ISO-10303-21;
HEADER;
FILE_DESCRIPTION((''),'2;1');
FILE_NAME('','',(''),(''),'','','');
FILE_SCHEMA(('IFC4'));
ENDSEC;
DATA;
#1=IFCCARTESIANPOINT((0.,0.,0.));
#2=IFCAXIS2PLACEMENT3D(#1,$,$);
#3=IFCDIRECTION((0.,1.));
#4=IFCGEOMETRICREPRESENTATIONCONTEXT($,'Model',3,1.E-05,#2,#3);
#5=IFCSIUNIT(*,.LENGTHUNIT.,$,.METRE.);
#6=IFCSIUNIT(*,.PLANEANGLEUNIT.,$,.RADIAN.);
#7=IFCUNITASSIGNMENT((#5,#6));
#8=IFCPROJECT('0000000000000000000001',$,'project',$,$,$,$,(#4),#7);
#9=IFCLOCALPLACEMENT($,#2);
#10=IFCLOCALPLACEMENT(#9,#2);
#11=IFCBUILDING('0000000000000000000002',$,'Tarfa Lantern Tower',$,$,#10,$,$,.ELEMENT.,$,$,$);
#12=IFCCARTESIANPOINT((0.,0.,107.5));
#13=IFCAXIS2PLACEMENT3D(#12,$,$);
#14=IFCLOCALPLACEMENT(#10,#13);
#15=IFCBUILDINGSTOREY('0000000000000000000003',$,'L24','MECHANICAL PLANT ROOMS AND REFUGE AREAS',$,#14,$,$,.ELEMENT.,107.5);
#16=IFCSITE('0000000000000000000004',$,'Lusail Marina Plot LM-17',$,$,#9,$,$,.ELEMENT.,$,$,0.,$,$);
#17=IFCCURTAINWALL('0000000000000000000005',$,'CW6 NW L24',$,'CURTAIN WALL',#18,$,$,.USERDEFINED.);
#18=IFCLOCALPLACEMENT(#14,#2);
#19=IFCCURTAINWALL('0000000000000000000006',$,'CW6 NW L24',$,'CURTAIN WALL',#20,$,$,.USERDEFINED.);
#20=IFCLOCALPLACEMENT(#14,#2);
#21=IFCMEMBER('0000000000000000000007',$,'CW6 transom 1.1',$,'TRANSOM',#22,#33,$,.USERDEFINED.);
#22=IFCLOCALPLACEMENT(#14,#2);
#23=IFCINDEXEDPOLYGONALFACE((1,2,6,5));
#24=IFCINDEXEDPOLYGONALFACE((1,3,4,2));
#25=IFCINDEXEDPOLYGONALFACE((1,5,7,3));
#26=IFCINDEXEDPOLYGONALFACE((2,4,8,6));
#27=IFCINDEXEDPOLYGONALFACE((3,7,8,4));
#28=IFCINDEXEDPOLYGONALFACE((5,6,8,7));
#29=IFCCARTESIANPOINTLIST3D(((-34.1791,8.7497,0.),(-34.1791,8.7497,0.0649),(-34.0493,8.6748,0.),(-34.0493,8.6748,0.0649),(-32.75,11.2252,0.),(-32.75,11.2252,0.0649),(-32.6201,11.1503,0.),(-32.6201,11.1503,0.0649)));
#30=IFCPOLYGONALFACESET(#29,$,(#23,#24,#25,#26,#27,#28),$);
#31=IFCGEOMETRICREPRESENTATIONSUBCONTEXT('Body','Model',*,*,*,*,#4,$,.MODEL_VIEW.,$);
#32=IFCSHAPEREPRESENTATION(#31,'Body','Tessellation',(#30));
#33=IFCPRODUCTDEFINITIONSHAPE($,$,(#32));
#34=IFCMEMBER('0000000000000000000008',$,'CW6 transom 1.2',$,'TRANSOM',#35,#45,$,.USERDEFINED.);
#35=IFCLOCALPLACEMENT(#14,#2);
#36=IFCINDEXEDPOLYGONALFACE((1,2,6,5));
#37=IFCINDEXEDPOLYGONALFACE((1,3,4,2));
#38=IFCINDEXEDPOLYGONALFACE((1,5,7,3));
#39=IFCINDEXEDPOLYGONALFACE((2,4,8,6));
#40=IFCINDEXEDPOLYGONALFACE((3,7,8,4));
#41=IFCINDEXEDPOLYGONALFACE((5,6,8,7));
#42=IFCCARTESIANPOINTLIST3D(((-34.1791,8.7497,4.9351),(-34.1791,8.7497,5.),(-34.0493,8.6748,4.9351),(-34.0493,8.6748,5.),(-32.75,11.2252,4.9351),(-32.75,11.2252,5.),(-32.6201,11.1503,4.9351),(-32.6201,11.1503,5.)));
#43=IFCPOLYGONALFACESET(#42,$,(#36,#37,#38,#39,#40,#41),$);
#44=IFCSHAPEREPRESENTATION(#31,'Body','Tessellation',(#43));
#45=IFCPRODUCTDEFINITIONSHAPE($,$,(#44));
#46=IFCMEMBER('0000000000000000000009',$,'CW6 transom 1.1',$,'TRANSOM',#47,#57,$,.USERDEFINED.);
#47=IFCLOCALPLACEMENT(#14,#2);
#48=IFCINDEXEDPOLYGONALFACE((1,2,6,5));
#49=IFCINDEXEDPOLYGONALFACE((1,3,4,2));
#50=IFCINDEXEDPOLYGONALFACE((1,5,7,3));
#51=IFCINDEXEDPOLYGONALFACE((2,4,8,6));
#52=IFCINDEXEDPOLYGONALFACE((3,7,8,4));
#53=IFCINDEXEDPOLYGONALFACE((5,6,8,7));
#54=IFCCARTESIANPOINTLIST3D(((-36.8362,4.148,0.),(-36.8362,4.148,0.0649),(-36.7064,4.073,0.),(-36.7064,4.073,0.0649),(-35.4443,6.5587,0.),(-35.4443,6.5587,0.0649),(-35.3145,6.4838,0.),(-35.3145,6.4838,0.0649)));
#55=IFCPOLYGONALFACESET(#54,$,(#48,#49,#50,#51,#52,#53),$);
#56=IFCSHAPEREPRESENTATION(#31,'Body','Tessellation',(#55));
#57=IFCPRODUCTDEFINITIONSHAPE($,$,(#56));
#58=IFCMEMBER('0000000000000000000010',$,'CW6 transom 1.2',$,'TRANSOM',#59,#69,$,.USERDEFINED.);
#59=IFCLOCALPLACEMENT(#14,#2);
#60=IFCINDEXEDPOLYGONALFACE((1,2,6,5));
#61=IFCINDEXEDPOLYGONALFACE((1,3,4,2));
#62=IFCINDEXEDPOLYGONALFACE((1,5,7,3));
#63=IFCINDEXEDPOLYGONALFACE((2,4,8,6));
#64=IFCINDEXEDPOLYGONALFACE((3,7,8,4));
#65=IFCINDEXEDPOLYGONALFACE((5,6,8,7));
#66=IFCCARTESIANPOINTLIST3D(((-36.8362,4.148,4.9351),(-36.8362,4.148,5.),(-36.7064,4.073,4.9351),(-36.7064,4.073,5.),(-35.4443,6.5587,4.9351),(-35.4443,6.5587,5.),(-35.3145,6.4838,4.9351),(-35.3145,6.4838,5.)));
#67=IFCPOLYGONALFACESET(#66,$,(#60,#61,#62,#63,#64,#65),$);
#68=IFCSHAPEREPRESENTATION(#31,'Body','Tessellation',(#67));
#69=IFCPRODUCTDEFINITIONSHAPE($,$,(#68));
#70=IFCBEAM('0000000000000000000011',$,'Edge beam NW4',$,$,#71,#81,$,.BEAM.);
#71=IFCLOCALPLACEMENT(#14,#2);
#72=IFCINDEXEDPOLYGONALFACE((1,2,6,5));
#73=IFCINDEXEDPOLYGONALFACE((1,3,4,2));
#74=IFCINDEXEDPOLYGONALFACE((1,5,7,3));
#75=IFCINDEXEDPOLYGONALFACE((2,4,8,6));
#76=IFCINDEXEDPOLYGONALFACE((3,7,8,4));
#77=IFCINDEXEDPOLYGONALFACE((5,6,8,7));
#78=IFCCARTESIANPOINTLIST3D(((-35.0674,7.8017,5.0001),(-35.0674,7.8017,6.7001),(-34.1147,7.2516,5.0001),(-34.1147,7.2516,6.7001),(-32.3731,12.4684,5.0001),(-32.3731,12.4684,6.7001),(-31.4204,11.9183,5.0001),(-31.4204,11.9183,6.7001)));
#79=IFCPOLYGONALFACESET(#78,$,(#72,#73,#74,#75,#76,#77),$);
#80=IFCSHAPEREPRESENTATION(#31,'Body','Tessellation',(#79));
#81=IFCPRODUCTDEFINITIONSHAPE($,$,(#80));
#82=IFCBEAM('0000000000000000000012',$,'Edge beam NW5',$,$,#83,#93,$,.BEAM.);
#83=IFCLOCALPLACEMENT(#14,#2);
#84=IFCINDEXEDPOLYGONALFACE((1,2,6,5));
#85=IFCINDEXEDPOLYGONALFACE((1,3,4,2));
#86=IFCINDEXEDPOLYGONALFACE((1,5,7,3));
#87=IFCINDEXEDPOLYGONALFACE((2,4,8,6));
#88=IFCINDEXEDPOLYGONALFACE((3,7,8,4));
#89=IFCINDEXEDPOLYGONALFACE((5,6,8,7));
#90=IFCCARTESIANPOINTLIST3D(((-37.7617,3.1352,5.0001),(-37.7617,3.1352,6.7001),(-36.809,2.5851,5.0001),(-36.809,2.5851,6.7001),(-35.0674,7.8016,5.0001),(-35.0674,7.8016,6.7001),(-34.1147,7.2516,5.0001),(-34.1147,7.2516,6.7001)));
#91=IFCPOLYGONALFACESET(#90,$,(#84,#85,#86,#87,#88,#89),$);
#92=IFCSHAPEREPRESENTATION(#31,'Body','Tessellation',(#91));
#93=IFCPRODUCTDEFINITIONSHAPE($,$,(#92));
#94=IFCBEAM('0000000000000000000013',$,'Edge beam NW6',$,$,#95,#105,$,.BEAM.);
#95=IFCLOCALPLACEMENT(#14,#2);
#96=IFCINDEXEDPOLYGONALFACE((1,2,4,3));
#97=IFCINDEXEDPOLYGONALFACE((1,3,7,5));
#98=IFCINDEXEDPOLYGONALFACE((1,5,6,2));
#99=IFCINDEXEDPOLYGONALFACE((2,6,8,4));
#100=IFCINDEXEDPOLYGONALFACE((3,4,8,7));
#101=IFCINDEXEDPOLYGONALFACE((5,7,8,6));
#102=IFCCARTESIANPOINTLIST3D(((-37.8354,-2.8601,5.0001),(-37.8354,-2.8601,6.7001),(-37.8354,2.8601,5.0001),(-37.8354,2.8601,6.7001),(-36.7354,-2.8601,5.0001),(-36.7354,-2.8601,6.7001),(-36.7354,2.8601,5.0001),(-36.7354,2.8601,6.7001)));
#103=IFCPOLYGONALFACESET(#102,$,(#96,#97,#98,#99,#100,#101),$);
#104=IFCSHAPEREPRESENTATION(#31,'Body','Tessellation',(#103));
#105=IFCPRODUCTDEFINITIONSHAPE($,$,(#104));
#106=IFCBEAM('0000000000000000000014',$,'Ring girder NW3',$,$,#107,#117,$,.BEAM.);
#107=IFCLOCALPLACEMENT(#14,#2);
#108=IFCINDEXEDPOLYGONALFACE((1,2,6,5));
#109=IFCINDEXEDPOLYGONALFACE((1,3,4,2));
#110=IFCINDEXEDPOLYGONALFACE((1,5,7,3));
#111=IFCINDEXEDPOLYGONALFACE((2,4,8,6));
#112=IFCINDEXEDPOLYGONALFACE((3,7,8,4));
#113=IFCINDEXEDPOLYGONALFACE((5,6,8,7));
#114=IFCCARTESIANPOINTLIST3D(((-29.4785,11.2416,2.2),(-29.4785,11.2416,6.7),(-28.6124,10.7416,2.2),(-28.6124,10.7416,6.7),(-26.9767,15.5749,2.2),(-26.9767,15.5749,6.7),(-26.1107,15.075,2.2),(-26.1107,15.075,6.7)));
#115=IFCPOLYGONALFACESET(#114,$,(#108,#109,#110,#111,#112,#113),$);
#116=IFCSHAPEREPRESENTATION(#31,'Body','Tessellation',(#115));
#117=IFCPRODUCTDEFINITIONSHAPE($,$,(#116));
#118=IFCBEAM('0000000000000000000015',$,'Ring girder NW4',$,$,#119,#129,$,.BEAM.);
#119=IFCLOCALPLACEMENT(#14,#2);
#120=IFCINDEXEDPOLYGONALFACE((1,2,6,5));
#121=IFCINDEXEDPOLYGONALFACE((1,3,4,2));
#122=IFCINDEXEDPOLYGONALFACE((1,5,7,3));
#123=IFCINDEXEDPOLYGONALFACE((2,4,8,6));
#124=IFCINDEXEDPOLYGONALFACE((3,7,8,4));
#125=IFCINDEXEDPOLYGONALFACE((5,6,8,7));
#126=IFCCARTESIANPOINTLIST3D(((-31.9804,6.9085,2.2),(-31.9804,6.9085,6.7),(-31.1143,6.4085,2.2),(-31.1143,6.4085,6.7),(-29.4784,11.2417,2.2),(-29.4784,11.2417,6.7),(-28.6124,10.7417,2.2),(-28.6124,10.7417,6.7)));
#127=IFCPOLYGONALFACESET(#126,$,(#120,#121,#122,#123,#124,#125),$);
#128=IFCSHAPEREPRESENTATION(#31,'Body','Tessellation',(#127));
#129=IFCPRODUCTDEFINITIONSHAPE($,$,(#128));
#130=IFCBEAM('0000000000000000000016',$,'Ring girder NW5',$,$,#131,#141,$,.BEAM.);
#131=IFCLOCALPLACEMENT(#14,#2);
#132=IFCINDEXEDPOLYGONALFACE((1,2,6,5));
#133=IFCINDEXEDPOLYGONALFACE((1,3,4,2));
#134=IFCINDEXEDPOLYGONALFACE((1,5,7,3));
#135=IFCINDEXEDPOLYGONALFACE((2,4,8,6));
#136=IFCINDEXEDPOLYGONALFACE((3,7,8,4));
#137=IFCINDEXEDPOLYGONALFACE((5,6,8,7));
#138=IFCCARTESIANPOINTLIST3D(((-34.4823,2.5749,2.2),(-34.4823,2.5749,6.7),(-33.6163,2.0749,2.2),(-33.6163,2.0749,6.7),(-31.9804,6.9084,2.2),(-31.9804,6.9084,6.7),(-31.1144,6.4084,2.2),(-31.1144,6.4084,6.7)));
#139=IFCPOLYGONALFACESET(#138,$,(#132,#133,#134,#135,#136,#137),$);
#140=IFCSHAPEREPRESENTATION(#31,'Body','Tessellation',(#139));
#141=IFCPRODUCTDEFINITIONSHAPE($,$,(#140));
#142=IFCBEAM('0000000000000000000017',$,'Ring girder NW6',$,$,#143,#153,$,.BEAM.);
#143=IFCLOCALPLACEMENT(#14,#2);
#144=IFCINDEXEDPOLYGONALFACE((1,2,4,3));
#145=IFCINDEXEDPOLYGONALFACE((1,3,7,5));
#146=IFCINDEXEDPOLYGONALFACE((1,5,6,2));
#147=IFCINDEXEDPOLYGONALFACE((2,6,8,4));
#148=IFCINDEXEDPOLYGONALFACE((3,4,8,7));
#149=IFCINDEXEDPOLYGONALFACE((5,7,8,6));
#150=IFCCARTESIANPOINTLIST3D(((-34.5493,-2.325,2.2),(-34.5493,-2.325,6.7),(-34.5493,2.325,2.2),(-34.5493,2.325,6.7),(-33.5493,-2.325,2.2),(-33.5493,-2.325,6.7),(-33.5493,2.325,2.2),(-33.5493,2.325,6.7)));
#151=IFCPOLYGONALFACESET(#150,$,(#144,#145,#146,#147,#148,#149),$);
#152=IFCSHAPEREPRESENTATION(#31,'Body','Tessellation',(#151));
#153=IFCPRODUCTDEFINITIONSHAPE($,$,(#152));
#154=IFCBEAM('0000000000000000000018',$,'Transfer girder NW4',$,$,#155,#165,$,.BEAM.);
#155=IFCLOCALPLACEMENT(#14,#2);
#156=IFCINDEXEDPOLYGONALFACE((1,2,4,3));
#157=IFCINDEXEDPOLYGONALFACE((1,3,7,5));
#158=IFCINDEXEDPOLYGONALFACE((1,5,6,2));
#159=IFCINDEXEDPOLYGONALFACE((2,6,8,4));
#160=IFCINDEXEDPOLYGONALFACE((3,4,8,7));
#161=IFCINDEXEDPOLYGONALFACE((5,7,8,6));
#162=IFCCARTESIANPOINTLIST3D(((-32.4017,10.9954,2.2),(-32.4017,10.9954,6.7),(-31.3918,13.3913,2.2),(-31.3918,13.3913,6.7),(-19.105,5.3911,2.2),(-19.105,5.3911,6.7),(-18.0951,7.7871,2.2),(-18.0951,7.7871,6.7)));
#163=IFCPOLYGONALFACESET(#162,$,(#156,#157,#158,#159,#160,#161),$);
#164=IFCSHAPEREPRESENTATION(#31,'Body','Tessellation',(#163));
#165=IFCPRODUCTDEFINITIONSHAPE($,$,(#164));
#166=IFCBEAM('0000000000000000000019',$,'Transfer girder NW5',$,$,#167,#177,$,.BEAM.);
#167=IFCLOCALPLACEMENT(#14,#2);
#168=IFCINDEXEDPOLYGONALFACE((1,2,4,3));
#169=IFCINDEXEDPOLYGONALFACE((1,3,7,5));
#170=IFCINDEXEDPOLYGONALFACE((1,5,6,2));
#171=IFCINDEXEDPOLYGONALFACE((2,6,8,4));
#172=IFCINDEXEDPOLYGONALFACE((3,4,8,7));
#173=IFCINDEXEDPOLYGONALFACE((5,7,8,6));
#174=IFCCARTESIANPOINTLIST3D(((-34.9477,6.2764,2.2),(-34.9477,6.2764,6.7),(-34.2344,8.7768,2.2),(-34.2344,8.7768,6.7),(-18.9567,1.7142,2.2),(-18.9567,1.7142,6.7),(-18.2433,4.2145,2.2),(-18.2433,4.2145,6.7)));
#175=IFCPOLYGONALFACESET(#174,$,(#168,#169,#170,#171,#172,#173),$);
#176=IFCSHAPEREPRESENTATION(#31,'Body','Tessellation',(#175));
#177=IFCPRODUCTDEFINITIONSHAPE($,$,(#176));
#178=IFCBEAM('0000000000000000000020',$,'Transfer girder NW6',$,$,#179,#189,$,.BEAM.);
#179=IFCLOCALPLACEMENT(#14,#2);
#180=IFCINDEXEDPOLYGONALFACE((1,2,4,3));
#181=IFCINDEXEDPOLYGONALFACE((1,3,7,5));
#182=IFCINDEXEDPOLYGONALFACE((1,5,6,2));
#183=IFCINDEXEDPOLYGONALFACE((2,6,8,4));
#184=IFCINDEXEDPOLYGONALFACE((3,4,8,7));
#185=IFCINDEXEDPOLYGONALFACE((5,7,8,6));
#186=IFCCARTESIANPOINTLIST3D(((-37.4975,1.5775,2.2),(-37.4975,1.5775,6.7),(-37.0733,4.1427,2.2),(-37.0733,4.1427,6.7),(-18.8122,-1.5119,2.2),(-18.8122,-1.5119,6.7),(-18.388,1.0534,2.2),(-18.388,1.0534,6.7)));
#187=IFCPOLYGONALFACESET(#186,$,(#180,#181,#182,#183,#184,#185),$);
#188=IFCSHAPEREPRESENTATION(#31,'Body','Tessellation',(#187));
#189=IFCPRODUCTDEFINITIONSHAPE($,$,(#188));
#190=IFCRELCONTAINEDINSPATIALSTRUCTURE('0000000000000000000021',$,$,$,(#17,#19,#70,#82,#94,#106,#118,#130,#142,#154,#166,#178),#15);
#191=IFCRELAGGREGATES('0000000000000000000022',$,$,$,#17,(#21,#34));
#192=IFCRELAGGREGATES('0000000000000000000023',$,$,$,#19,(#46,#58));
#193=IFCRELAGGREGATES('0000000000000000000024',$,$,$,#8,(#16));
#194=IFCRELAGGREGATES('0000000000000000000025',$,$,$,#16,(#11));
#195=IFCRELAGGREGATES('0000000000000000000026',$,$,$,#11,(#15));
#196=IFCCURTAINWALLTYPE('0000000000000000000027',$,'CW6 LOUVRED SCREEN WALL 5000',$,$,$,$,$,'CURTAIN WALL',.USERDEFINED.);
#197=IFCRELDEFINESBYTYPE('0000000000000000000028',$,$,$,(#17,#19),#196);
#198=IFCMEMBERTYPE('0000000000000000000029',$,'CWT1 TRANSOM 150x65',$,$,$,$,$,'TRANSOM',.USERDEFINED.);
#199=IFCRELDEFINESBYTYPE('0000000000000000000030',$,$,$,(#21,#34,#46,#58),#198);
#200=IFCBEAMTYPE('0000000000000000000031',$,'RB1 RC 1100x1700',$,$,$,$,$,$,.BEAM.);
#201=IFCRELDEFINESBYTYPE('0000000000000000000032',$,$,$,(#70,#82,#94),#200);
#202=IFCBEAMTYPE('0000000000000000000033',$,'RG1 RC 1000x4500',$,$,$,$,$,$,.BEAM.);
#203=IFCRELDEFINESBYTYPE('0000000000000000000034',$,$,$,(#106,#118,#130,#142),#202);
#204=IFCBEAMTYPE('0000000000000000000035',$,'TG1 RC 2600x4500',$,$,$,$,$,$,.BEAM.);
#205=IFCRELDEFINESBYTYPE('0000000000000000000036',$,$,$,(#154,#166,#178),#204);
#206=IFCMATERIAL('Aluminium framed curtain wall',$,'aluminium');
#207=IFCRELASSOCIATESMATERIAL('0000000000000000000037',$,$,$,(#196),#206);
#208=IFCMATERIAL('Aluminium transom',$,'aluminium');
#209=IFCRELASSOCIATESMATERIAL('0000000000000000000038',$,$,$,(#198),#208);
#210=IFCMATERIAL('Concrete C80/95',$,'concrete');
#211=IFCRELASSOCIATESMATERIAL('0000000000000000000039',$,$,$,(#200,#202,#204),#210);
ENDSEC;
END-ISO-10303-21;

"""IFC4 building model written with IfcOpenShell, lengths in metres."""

from ifc_helpers import new_model, si_unit, direction, frame, origin, origin_2d, place, context, subcontext, project, spatial, rectangle, extrude, material, material_profile, profile_set, type_object, element, aggregate, save


model = new_model("IFC4")

# Units and contexts
model_context = context("Model", 3, precision=1e-05, world=origin(), true_north=direction((0.0, 1.0)))
body_context = subcontext(model_context, "Body", "Model", "MODEL_VIEW")
ifc_project = project(units=[si_unit("LENGTHUNIT", "METRE"), si_unit("PLANEANGLEUNIT", "RADIAN")], contexts=[model_context])

# Site, building, storey
site_placement = place(None, origin())
site = spatial("IfcSite", under=ifc_project, at=site_placement, Name="Lusail Marina Plot LM-17", CompositionType="ELEMENT", RefElevation=0.0)
building_placement = place(site_placement, origin())
building = spatial("IfcBuilding", under=site, at=building_placement, Name="Tarfa Lantern Tower", CompositionType="ELEMENT")
storey_placement = place(building_placement, frame((0.0, 0.0, 107.5)))
storey = spatial("IfcBuildingStorey", under=building, at=storey_placement, Name="L24", Description="MECHANICAL PLANT ROOMS AND REFUGE AREAS", CompositionType="ELEMENT", Elevation=107.5)

# Shared definitions
ifc_material_1 = material(Name="Concrete C80/95", Category="concrete")

# Shared definitions
ifc_material_2 = material(Name="Aluminium framed curtain wall", Category="aluminium")
curtain_wall_type = type_object("IfcCurtainWallType", Name="CW6 LOUVRED SCREEN WALL 5000", ElementType="CURTAIN WALL", PredefinedType="USERDEFINED", material=ifc_material_2)

# Curtain walls
curtain_wall_1_placement = place(storey_placement, origin())
curtain_wall_1 = element("IfcCurtainWall", 1, at=curtain_wall_1_placement, inside=storey, type_object=curtain_wall_type, Name="CW6 NW L24", ObjectType="CURTAIN WALL", PredefinedType="USERDEFINED")
curtain_wall_2_placement = place(storey_placement, origin())
curtain_wall_2 = element("IfcCurtainWall", 2, at=curtain_wall_2_placement, inside=storey, type_object=curtain_wall_type, Name="CW6 NW L24", ObjectType="CURTAIN WALL", PredefinedType="USERDEFINED")

# Members
ifc_material_3 = material(Name="Aluminium transom", Category="aluminium")
ifc_material_profile_1 = material_profile(ifc_material_3, rectangle(XDim=0.1499, YDim=0.0649, at=origin_2d()), Name="AL TRANSOM 150x65")
ifc_profile_set_1 = profile_set([ifc_material_profile_1], Name="Aluminium transom")
member_type_1 = type_object("IfcMemberType", Name="CWT1 TRANSOM 150x65", ElementType="TRANSOM", PredefinedType="USERDEFINED", material=ifc_profile_set_1)
member_1_placement = place(storey_placement, frame((-32.6851, 11.1877, 0.0325), z_axis=(-0.499979, -0.866038, 0.0), x_axis=(0.866038, -0.499979, 0.0)))
member_1 = element("IfcMember", 3, at=member_1_placement, type_object=member_type_1, Name="CW6 transom 1.1", ObjectType="TRANSOM", PredefinedType="USERDEFINED", context=body_context, shape_type="SweptSolid", body=[
    extrude(rectangle(XDim=0.1499, YDim=0.0649, at=origin_2d()), origin(), (0.0, 0.0, 1.0), 2.8584),
])
member_2_placement = place(storey_placement, frame((-32.6851, 11.1877, 4.9675), z_axis=(-0.499979, -0.866038, 0.0), x_axis=(0.866038, -0.499979, 0.0)))
member_2 = element("IfcMember", 4, at=member_2_placement, type_object=member_type_1, Name="CW6 transom 1.2", ObjectType="TRANSOM", PredefinedType="USERDEFINED", context=body_context, shape_type="SweptSolid", body=[
    extrude(rectangle(XDim=0.1499, YDim=0.0649, at=origin_2d()), origin(), (0.0, 0.0, 1.0), 2.8584),
])
member_3_placement = place(storey_placement, frame((-35.3794, 6.5212, 0.0325), z_axis=(-0.500016, -0.866016, 0.0), x_axis=(0.866016, -0.500016, 0.0)))
member_3 = element("IfcMember", 5, at=member_3_placement, type_object=member_type_1, Name="CW6 transom 1.1", ObjectType="TRANSOM", PredefinedType="USERDEFINED", context=body_context, shape_type="SweptSolid", body=[
    extrude(rectangle(XDim=0.1499, YDim=0.0649, at=origin_2d()), origin(), (0.0, 0.0, 1.0), 2.7837),
])
member_4_placement = place(storey_placement, frame((-35.3794, 6.5212, 4.9675), z_axis=(-0.500016, -0.866016, 0.0), x_axis=(0.866016, -0.500016, 0.0)))
member_4 = element("IfcMember", 6, at=member_4_placement, type_object=member_type_1, Name="CW6 transom 1.2", ObjectType="TRANSOM", PredefinedType="USERDEFINED", context=body_context, shape_type="SweptSolid", body=[
    extrude(rectangle(XDim=0.1499, YDim=0.0649, at=origin_2d()), origin(), (0.0, 0.0, 1.0), 2.7837),
])

# Beams
ifc_material_profile_2 = material_profile(ifc_material_1, rectangle(XDim=1.1001, YDim=1.7, at=origin_2d()), Name="RC 1100x1700")
ifc_profile_set_2 = profile_set([ifc_material_profile_2], Name="Concrete C80/95")
beam_type_1 = type_object("IfcBeamType", Name="RB1 RC 1100x1700", PredefinedType="BEAM", material=ifc_profile_set_2)
beam_1_placement = place(storey_placement, frame((-31.8967, 12.1934, 5.8501), z_axis=(-0.499998, -0.866026, 0.0), x_axis=(0.866026, -0.499998, 0.0)))
element("IfcBeam", 7, at=beam_1_placement, inside=storey, type_object=beam_type_1, Name="Edge beam NW4", PredefinedType="BEAM", context=body_context, shape_type="SweptSolid", body=[
    extrude(rectangle(XDim=1.1001, YDim=1.7, at=origin_2d()), origin(), (0.0, 0.0, 1.0), 5.3887),
])
beam_2_placement = place(storey_placement, frame((-34.5911, 7.5266, 5.8501), z_axis=(-0.500018, -0.866015, 0.0), x_axis=(0.866015, -0.500018, 0.0)))
element("IfcBeam", 8, at=beam_2_placement, inside=storey, type_object=beam_type_1, Name="Edge beam NW5", PredefinedType="BEAM", context=body_context, shape_type="SweptSolid", body=[
    extrude(rectangle(XDim=1.1001, YDim=1.7, at=origin_2d()), origin(), (0.0, 0.0, 1.0), 5.3884),
])
beam_3_placement = place(storey_placement, frame((-37.2854, 2.8601, 5.8501), z_axis=(0.0, -1.0, 0.0), x_axis=(1.0, 0.0, 0.0)))
element("IfcBeam", 9, at=beam_3_placement, inside=storey, type_object=beam_type_1, Name="Edge beam NW6", PredefinedType="BEAM", context=body_context, shape_type="SweptSolid", body=[
    extrude(rectangle(XDim=1.1001, YDim=1.7, at=origin_2d()), origin(), (0.0, 0.0, 1.0), 5.7202),
])
ifc_material_profile_3 = material_profile(ifc_material_1, rectangle(XDim=1.0, YDim=4.5, at=origin_2d()), Name="RC 1000x4500")
ifc_profile_set_3 = profile_set([ifc_material_profile_3], Name="Concrete C80/95")
beam_type_2 = type_object("IfcBeamType", Name="RG1 RC 1000x4500", PredefinedType="BEAM", material=ifc_profile_set_3)
for number, where, z_axis, x_axis, name in (
    (10, (-26.5437, 15.325, 4.45), (-0.499986, -0.866034, 0.0), (0.866034, -0.499986, 0.0), "Ring girder NW3"),
    (11, (-29.0454, 10.9917, 4.45), (-0.500022, -0.866013, 0.0), (0.866013, -0.500022, 0.0), "Ring girder NW4"),
):
    element("IfcBeam", number, at=place(storey_placement, frame(where, z_axis=z_axis, x_axis=x_axis)), inside=storey, type_object=beam_type_2, Name=name, PredefinedType="BEAM", context=body_context, shape_type="SweptSolid", body=[
        extrude(rectangle(XDim=1.0, YDim=4.5, at=origin_2d()), origin(), (0.0, 0.0, 1.0), 5.0037),
    ])
beam_4_placement = place(storey_placement, frame((-31.5474, 6.6584, 4.45), z_axis=(-0.500001, -0.866025, 0.0), x_axis=(0.866025, -0.500001, 0.0)))
element("IfcBeam", 12, at=beam_4_placement, inside=storey, type_object=beam_type_2, Name="Ring girder NW5", PredefinedType="BEAM", context=body_context, shape_type="SweptSolid", body=[
    extrude(rectangle(XDim=1.0, YDim=4.5, at=origin_2d()), origin(), (0.0, 0.0, 1.0), 5.0039),
])
beam_5_placement = place(storey_placement, frame((-34.0493, 2.325, 4.45), z_axis=(0.0, -1.0, 0.0), x_axis=(1.0, 0.0, 0.0)))
element("IfcBeam", 13, at=beam_5_placement, inside=storey, type_object=beam_type_2, Name="Ring girder NW6", PredefinedType="BEAM", context=body_context, shape_type="SweptSolid", body=[
    extrude(rectangle(XDim=1.0, YDim=4.5, at=origin_2d()), origin(), (0.0, 0.0, 1.0), 4.6499),
])
ifc_material_profile_4 = material_profile(ifc_material_1, rectangle(XDim=2.6001, YDim=4.5, at=origin_2d()), Name="RC 2600x4500")
ifc_profile_set_4 = profile_set([ifc_material_profile_4], Name="Concrete C80/95")
beam_type_3 = type_object("IfcBeamType", Name="TG1 RC 2600x4500", PredefinedType="BEAM", material=ifc_profile_set_4)
beam_6_placement = place(storey_placement, frame((-31.8967, 12.1934, 4.45), z_axis=(0.921495, -0.388391, 0.0), x_axis=(0.388391, 0.921495, 0.0)))
element("IfcBeam", 14, at=beam_6_placement, inside=storey, type_object=beam_type_3, Name="Transfer girder NW4", PredefinedType="BEAM", context=body_context, shape_type="SweptSolid", body=[
    extrude(rectangle(XDim=2.6001, YDim=4.5, at=origin_2d()), origin(), (0.0, 0.0, 1.0), 14.4294),
])
beam_7_placement = place(storey_placement, frame((-34.5911, 7.5266, 4.45), z_axis=(0.961629, -0.274355, 0.0), x_axis=(0.274355, 0.961629, 0.0)))
element("IfcBeam", 15, at=beam_7_placement, inside=storey, type_object=beam_type_3, Name="Transfer girder NW5", PredefinedType="BEAM", context=body_context, shape_type="SweptSolid", body=[
    extrude(rectangle(XDim=2.6001, YDim=4.5, at=origin_2d()), origin(), (0.0, 0.0, 1.0), 16.6292),
])
beam_8_placement = place(storey_placement, frame((-37.2854, 2.8601, 4.45), z_axis=(0.986606, -0.163122, 0.0), x_axis=(0.163122, 0.986606, 0.0)))
element("IfcBeam", 16, at=beam_8_placement, inside=storey, type_object=beam_type_3, Name="Transfer girder NW6", PredefinedType="BEAM", context=body_context, shape_type="SweptSolid", body=[
    extrude(rectangle(XDim=2.6001, YDim=4.5, at=origin_2d()), origin(), (0.0, 0.0, 1.0), 18.939),
])

aggregate(curtain_wall_1, [member_1, member_2])
aggregate(curtain_wall_2, [member_3, member_4])

save(model, "model.ifc")
